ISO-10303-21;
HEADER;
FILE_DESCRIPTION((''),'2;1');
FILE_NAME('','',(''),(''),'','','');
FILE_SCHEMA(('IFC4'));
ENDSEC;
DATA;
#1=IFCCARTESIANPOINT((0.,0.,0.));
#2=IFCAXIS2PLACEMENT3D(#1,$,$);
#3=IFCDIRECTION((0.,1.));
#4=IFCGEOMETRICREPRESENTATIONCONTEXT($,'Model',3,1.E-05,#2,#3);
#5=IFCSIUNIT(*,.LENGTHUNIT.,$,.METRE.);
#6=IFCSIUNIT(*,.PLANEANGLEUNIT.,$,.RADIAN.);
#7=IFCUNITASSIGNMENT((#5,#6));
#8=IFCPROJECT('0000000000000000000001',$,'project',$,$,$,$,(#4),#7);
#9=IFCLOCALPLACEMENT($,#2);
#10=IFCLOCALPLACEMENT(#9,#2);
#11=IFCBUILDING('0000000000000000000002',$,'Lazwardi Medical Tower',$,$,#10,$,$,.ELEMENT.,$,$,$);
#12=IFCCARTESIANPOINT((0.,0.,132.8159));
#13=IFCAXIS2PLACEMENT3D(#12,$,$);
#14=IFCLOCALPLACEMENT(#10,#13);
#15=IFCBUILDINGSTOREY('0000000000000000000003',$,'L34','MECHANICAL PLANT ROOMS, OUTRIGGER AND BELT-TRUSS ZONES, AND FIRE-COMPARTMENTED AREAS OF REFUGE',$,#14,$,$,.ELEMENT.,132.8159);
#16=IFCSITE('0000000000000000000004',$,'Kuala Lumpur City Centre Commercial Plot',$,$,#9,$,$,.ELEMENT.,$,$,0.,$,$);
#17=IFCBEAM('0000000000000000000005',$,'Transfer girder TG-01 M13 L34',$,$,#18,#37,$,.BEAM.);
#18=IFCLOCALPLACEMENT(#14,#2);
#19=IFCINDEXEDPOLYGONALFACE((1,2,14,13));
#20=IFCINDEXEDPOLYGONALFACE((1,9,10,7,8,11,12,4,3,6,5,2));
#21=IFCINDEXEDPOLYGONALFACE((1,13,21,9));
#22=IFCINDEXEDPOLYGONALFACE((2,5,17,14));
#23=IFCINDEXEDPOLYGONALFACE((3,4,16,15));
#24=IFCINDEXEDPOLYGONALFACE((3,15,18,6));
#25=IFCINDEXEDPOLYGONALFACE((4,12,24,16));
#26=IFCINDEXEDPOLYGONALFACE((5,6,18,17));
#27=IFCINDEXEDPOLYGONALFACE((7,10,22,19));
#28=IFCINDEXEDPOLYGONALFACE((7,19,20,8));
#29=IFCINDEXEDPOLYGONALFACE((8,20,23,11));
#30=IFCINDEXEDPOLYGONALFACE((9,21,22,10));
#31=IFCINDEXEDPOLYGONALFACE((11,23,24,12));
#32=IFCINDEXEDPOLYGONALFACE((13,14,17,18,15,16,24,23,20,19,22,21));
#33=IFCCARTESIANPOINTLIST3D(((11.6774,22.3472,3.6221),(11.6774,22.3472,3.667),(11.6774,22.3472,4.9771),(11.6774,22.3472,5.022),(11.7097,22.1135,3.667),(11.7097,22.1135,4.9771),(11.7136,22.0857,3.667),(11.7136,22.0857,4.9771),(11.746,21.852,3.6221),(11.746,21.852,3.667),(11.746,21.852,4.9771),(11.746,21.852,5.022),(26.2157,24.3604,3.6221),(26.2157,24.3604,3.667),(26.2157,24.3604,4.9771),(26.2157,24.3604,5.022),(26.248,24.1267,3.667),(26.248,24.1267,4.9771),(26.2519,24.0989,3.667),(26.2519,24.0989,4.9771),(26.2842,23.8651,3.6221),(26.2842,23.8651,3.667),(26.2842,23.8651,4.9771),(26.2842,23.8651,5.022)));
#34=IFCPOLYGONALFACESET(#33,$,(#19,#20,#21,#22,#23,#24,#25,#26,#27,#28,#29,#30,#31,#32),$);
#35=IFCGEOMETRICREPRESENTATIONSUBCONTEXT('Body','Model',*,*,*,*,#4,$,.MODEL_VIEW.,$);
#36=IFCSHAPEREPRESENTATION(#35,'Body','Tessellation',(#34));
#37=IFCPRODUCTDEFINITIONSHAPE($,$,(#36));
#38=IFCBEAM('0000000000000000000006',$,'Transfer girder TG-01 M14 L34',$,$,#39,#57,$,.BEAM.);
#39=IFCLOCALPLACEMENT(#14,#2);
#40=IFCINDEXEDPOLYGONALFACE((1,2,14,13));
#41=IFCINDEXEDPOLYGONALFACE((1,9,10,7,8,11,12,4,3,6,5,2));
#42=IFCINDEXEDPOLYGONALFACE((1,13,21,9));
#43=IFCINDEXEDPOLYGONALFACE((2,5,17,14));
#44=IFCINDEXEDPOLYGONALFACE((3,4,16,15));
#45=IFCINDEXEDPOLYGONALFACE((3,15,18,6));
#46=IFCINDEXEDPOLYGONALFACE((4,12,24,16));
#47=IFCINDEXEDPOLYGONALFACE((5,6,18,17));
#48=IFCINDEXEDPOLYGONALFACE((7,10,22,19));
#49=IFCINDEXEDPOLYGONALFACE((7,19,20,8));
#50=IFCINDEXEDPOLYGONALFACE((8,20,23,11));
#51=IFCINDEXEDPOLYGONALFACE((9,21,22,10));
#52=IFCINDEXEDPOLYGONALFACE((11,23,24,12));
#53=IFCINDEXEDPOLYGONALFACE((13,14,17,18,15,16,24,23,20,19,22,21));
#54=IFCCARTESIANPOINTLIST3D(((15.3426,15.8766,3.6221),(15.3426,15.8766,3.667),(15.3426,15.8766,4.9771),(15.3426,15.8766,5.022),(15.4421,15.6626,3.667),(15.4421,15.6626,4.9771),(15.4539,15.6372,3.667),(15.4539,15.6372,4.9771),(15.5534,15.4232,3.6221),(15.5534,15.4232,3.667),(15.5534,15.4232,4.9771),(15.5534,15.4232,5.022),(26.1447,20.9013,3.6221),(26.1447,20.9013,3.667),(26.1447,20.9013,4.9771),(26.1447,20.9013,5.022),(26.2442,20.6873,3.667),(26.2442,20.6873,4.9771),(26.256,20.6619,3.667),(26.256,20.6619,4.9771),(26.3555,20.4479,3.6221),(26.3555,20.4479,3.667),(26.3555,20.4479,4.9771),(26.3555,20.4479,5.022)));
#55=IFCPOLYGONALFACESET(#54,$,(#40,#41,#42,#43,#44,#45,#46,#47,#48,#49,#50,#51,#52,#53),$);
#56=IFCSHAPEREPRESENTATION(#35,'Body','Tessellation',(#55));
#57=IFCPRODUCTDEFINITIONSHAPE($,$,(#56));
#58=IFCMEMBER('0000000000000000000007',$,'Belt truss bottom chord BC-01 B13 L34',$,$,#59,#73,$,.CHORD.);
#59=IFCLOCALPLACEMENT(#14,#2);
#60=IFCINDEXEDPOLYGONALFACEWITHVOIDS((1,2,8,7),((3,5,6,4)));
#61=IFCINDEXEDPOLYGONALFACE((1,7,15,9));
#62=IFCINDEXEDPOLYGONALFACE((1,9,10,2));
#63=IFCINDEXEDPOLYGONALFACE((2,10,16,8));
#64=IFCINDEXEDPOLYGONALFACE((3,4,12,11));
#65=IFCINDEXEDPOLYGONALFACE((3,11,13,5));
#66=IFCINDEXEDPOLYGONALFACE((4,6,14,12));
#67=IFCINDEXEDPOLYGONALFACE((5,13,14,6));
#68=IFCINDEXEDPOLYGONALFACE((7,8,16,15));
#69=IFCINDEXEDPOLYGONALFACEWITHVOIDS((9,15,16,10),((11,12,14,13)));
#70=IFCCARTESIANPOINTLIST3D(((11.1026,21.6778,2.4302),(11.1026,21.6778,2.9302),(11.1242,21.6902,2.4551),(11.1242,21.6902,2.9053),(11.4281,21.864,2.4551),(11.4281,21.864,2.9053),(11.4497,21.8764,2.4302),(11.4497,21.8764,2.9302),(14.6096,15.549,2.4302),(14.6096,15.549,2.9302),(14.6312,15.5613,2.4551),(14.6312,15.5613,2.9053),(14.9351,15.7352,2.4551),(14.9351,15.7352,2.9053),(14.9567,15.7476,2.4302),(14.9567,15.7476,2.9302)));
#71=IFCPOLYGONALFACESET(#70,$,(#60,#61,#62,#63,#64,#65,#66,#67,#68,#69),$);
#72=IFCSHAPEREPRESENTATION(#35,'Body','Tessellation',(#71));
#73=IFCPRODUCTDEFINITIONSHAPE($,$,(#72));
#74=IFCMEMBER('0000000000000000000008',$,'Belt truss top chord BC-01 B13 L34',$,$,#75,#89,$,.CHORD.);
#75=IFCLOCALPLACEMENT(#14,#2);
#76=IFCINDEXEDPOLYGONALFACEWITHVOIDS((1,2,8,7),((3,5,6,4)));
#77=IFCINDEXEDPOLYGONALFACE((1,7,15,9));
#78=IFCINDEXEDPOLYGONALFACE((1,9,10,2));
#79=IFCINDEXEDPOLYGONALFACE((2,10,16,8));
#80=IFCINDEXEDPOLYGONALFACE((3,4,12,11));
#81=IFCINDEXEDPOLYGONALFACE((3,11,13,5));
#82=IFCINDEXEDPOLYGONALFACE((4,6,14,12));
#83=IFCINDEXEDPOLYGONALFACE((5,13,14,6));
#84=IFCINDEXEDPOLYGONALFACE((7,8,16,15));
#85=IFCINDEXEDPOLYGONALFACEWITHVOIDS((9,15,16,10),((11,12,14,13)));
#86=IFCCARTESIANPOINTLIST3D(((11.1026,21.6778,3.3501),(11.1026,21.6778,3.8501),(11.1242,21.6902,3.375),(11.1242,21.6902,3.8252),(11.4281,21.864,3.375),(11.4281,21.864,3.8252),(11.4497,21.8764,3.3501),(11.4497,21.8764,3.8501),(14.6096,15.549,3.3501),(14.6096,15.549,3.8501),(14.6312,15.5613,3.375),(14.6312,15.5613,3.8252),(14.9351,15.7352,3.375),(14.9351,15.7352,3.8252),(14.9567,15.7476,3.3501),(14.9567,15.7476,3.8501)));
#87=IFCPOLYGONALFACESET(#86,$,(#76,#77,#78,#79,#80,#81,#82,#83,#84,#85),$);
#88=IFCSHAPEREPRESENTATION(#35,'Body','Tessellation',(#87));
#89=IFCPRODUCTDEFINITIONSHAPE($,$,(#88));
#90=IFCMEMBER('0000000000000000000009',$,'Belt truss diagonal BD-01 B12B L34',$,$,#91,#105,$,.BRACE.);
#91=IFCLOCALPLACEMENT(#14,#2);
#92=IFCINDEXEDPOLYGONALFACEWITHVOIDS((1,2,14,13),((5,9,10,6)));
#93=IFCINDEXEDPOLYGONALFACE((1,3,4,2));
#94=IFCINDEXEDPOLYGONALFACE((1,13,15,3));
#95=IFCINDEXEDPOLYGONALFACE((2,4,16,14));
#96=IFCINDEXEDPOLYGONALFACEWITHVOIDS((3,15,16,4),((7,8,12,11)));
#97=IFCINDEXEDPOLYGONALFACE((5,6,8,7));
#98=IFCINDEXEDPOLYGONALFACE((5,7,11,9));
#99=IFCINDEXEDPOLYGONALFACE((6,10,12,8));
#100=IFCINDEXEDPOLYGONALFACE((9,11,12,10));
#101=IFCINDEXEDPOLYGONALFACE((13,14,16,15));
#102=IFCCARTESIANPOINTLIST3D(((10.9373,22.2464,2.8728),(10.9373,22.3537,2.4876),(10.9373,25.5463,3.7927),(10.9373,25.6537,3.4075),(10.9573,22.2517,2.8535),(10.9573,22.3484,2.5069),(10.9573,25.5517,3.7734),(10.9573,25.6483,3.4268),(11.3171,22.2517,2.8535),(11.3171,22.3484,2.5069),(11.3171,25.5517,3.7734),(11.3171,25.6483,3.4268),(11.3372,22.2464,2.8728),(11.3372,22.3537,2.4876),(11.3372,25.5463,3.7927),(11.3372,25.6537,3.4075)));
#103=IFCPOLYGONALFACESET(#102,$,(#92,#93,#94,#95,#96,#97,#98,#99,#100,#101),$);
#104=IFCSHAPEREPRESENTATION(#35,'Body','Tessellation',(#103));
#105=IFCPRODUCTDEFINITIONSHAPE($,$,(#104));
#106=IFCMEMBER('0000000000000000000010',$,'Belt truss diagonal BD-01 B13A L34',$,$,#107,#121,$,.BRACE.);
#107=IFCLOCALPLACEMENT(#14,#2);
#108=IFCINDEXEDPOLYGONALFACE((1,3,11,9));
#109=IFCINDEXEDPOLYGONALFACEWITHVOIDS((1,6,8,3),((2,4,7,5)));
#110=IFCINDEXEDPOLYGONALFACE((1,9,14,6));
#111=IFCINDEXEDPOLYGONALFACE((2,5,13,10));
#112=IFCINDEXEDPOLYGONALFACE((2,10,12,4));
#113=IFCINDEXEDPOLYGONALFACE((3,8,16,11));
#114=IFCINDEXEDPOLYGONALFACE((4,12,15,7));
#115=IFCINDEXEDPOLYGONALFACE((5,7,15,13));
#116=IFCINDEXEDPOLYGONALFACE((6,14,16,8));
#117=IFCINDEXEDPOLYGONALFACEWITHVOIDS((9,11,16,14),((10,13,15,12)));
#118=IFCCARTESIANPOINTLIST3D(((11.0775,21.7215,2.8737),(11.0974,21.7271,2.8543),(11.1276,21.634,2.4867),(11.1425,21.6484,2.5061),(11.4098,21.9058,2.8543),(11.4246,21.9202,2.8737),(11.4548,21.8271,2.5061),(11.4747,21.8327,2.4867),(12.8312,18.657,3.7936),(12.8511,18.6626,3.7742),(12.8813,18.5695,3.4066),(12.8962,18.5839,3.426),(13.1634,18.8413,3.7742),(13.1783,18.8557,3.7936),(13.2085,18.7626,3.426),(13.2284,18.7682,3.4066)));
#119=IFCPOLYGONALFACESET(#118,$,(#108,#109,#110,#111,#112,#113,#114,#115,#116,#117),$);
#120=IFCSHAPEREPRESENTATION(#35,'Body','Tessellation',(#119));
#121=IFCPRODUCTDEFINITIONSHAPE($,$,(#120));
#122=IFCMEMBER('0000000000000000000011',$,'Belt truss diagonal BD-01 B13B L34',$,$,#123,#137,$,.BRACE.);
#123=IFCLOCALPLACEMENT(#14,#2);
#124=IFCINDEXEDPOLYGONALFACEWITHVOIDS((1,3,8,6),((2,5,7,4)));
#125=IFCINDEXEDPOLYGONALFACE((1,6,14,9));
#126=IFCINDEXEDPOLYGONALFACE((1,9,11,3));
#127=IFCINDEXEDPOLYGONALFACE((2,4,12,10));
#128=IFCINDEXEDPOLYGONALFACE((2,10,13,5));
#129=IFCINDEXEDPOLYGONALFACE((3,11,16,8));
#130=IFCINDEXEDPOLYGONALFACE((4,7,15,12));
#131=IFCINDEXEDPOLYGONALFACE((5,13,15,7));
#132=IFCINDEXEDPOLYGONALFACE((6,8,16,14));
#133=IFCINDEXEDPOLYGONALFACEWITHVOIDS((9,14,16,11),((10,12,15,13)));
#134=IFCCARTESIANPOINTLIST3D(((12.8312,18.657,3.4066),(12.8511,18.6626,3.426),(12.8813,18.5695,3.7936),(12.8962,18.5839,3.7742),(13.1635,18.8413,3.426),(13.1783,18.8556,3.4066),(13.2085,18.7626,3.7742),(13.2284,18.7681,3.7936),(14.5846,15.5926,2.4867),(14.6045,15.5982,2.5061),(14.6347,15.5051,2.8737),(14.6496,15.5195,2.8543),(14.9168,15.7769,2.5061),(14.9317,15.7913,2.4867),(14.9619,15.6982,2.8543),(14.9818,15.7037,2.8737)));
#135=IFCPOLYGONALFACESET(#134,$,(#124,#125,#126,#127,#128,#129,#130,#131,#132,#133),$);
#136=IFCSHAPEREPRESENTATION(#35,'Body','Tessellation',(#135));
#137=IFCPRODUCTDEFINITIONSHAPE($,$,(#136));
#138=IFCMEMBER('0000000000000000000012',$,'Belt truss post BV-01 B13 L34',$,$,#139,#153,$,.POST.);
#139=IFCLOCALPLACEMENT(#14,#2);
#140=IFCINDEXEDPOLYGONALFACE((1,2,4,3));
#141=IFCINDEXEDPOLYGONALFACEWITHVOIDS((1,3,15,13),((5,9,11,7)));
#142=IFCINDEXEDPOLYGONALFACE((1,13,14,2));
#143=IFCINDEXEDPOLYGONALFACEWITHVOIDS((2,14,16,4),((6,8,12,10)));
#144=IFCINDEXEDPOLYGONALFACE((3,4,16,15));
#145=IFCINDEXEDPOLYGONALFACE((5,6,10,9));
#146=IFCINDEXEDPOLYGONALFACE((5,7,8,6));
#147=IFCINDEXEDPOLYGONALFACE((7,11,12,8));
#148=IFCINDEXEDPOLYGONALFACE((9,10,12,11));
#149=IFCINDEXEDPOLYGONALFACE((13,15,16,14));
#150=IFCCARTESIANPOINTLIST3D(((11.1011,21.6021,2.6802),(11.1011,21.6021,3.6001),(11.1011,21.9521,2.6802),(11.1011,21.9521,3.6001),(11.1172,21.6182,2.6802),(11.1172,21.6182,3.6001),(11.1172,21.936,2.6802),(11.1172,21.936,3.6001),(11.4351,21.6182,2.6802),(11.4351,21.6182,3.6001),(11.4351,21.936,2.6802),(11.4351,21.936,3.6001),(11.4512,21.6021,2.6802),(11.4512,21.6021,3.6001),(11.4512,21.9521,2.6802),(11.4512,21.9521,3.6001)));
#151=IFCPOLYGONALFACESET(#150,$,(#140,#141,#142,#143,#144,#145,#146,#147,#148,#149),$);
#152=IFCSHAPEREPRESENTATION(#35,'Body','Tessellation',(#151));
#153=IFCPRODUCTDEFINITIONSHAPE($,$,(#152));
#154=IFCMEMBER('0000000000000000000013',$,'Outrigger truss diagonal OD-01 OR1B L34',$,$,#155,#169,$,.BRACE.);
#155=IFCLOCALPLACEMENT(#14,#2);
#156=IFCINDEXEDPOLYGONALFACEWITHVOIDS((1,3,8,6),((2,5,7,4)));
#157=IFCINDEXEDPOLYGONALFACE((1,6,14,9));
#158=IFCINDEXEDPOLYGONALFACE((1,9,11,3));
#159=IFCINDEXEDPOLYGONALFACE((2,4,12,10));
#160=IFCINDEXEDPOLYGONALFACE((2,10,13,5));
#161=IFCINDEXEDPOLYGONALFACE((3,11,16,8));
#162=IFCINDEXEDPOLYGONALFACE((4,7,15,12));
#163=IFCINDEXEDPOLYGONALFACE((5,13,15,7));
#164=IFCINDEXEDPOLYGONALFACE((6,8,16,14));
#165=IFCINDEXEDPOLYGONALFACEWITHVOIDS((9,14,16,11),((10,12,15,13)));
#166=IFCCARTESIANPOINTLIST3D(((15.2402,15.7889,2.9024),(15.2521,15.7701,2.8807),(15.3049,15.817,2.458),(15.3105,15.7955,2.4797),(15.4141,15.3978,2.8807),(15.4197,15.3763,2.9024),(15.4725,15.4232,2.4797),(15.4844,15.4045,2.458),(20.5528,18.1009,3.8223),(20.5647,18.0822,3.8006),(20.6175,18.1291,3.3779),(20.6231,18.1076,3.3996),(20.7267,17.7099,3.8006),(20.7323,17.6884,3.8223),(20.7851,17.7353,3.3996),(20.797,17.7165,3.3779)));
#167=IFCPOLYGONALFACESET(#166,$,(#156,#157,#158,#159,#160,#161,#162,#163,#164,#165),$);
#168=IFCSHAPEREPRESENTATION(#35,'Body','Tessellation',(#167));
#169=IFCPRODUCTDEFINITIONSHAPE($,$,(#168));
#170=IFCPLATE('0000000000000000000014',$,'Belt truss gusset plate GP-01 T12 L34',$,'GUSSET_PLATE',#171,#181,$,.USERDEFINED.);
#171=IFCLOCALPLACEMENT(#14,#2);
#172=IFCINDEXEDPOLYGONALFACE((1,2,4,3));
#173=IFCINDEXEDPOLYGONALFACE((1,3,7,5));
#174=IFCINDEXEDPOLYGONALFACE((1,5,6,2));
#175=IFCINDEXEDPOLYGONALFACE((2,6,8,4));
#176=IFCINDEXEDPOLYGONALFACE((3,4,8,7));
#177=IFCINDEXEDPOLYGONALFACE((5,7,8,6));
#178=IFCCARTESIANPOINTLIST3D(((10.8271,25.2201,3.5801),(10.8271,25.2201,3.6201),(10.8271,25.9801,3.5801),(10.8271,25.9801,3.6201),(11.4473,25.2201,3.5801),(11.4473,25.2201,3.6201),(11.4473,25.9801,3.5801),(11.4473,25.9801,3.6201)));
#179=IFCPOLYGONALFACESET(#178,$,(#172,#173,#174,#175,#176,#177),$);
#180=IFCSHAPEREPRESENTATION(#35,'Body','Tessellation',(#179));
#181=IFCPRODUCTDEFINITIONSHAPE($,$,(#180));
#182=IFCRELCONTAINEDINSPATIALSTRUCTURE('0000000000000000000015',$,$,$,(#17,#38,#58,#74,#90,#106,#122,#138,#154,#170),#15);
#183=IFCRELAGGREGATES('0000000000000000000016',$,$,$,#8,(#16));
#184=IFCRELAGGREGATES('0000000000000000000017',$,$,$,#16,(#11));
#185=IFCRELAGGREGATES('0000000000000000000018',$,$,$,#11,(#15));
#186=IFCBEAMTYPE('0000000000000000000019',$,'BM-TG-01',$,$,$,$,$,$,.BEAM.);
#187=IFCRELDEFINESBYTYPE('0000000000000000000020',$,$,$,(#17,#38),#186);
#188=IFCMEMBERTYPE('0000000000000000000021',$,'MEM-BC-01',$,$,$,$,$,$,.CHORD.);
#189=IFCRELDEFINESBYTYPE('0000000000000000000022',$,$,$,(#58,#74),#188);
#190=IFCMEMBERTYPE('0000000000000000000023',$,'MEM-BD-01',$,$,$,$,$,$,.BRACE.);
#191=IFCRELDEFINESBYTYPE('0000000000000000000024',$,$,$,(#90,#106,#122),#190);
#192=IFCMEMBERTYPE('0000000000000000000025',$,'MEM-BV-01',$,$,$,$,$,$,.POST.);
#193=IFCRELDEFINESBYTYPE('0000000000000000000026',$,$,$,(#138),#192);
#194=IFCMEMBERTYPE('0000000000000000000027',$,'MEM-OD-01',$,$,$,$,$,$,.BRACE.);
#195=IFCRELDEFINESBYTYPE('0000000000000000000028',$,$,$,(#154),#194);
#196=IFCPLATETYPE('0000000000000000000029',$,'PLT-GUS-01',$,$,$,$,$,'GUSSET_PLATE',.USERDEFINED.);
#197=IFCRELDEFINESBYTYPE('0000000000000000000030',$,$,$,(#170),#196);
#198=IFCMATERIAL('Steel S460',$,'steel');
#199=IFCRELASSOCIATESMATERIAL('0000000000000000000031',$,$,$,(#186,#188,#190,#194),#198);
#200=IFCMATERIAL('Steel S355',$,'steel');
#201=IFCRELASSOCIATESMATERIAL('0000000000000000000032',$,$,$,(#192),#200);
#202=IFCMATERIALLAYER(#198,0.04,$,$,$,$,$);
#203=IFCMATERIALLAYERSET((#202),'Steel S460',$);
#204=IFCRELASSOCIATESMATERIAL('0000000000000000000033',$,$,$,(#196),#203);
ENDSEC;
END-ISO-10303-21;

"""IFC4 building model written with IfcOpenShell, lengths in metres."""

from ifc_helpers import new_model, si_unit, direction, frame, origin, origin_2d, place, context, subcontext, project, spatial, rectangle, hollow_rectangle, i_section, extrude, material, layer, layer_set, material_profile, profile_set, type_object, element, save


model = new_model("IFC4")

# Units and contexts
model_context = context("Model", 3, precision=1e-05, world=origin(), true_north=direction((0.0, 1.0)))
body_context = subcontext(model_context, "Body", "Model", "MODEL_VIEW")
ifc_project = project(units=[si_unit("LENGTHUNIT", "METRE"), si_unit("PLANEANGLEUNIT", "RADIAN")], contexts=[model_context])

# Site, building, storey
site_placement = place(None, origin())
site = spatial("IfcSite", under=ifc_project, at=site_placement, Name="Kuala Lumpur City Centre Commercial Plot", CompositionType="ELEMENT", RefElevation=0.0)
building_placement = place(site_placement, origin())
building = spatial("IfcBuilding", under=site, at=building_placement, Name="Lazwardi Medical Tower", CompositionType="ELEMENT")
storey_placement = place(building_placement, frame((0.0, 0.0, 132.8159)))
storey = spatial("IfcBuildingStorey", under=building, at=storey_placement, Name="L34", Description="MECHANICAL PLANT ROOMS, OUTRIGGER AND BELT-TRUSS ZONES, AND FIRE-COMPARTMENTED AREAS OF REFUGE", CompositionType="ELEMENT", Elevation=132.8159)

# Beams
ifc_material_1 = material(Name="Steel S460", Category="steel")
ifc_material_2 = material(Name="Steel S355", Category="steel")
ifc_material_profile_1 = material_profile(ifc_material_1, i_section(OverallWidth=0.5, OverallDepth=1.3999, WebThickness=0.0281, FlangeThickness=0.0449, at=origin_2d()), Name="PG 1400x500")
ifc_profile_set_1 = profile_set([ifc_material_profile_1], Name="Steel S460")
beam_type_1 = type_object("IfcBeamType", Name="BM-TG-01", PredefinedType="BEAM", material=ifc_profile_set_1)
beam_1_placement = place(storey_placement, frame((11.7117, 22.0996, 4.322), z_axis=(0.990548, 0.137165, 0.0), x_axis=(-0.137165, 0.990548, 0.0)))
element("IfcBeam", 1, at=beam_1_placement, inside=storey, type_object=beam_type_1, Name="Transfer girder TG-01 M13 L34", PredefinedType="BEAM", context=body_context, shape_type="SweptSolid", body=[
    extrude(i_section(OverallWidth=0.5, OverallDepth=1.3999, WebThickness=0.0281, FlangeThickness=0.0449, at=origin_2d()), origin(), (0.0, 0.0, 1.0), 14.677),
])
beam_2_placement = place(storey_placement, frame((15.448, 15.6499, 4.322), z_axis=(0.906706, 0.421763, 0.0), x_axis=(-0.421763, 0.906706, 0.0)))
element("IfcBeam", 2, at=beam_2_placement, inside=storey, type_object=beam_type_1, Name="Transfer girder TG-01 M14 L34", PredefinedType="BEAM", context=body_context, shape_type="SweptSolid", body=[
    extrude(i_section(OverallWidth=0.5, OverallDepth=1.3999, WebThickness=0.0281, FlangeThickness=0.0449, at=origin_2d()), origin(), (0.0, 0.0, 1.0), 11.9136),
])

# Members
ifc_material_profile_2 = material_profile(ifc_material_1, hollow_rectangle(XDim=0.3999, YDim=0.5, WallThickness=0.0249, at=origin_2d()), Name="RHS 500x400x25")
ifc_profile_set_2 = profile_set([ifc_material_profile_2], Name="Steel S460")
member_type_1 = type_object("IfcMemberType", Name="MEM-BC-01", PredefinedType="CHORD", material=ifc_profile_set_2)
for number, where, z_axis, x_axis, name in (
    (3, (11.2761, 21.7771, 2.6802), (0.496656, -0.867947, 0.0), (0.867947, 0.496656, 0.0), "Belt truss bottom chord BC-01 B13 L34"),
    (4, (11.2761, 21.7771, 3.6001), (0.496656, -0.867947, 0.0), (0.867947, 0.496656, 0.0), "Belt truss top chord BC-01 B13 L34"),
):
    element("IfcMember", number, at=place(storey_placement, frame(where, z_axis=z_axis, x_axis=x_axis)), inside=storey, type_object=member_type_1, Name=name, PredefinedType="CHORD", context=body_context, shape_type="SweptSolid", body=[
        extrude(hollow_rectangle(XDim=0.3999, YDim=0.5, WallThickness=0.0249, at=origin_2d()), origin(), (0.0, 0.0, 1.0), 7.0613),
    ])
ifc_material_profile_3 = material_profile(ifc_material_1, hollow_rectangle(XDim=0.3999, YDim=0.3999, WallThickness=0.02, at=origin_2d()), Name="RHS 400x400x20")
ifc_profile_set_3 = profile_set([ifc_material_profile_3], Name="Steel S460")
member_type_2 = type_object("IfcMemberType", Name="MEM-BD-01", PredefinedType="BRACE", material=ifc_profile_set_3)
member_1_placement = place(storey_placement, frame((11.1372, 22.3, 2.6802), z_axis=(0.0, 0.963273, 0.268522), x_axis=(-1.0, 0.0, 0.0)))
element("IfcMember", 5, at=member_1_placement, inside=storey, type_object=member_type_2, Name="Belt truss diagonal BD-01 B12B L34", PredefinedType="BRACE", context=body_context, shape_type="SweptSolid", body=[
    extrude(hollow_rectangle(XDim=0.3999, YDim=0.3999, WallThickness=0.02, at=origin_2d()), origin(), (0.0, 0.0, 1.0), 3.4258),
])
member_2_placement = place(storey_placement, frame((11.2761, 21.7771, 2.6802), z_axis=(0.480637, -0.839893, 0.252128), x_axis=(0.867932, 0.496682, 0.0)))
element("IfcMember", 6, at=member_2_placement, inside=storey, type_object=member_type_2, Name="Belt truss diagonal BD-01 B13A L34", PredefinedType="BRACE", context=body_context, shape_type="SweptSolid", body=[
    extrude(hollow_rectangle(XDim=0.3999, YDim=0.3999, WallThickness=0.02, at=origin_2d()), origin(), (0.0, 0.0, 1.0), 3.6487),
])
member_3_placement = place(storey_placement, frame((14.7832, 15.6482, 2.6802), z_axis=(-0.480585, 0.83992, 0.252137), x_axis=(-0.867962, -0.49663, 0.0)))
element("IfcMember", 7, at=member_3_placement, inside=storey, type_object=member_type_2, Name="Belt truss diagonal BD-01 B13B L34", PredefinedType="BRACE", context=body_context, shape_type="SweptSolid", body=[
    extrude(hollow_rectangle(XDim=0.3999, YDim=0.3999, WallThickness=0.02, at=origin_2d()), origin(), (0.0, 0.0, 1.0), 3.6484),
])
ifc_material_profile_4 = material_profile(ifc_material_2, hollow_rectangle(XDim=0.3501, YDim=0.3501, WallThickness=0.0161, at=origin_2d()), Name="RHS 350x350x16")
ifc_profile_set_4 = profile_set([ifc_material_profile_4], Name="Steel S355")
member_type_3 = type_object("IfcMemberType", Name="MEM-BV-01", PredefinedType="POST", material=ifc_profile_set_4)
member_4_placement = place(storey_placement, frame((11.2761, 21.7771, 2.6802), z_axis=(0.0, 0.0, 1.0), x_axis=(1.0, 0.0, 0.0)))
element("IfcMember", 8, at=member_4_placement, inside=storey, type_object=member_type_3, Name="Belt truss post BV-01 B13 L34", PredefinedType="POST", context=body_context, shape_type="SweptSolid", body=[
    extrude(hollow_rectangle(XDim=0.3501, YDim=0.3501, WallThickness=0.0161, at=origin_2d()), origin(), (0.0, 0.0, 1.0), 0.9199),
])
ifc_material_profile_5 = material_profile(ifc_material_1, hollow_rectangle(XDim=0.45, YDim=0.45, WallThickness=0.022, at=origin_2d()), Name="RHS 450x450x22")
ifc_profile_set_5 = profile_set([ifc_material_profile_5], Name="Steel S460")
member_type_4 = type_object("IfcMemberType", Name="MEM-OD-01", PredefinedType="BRACE", material=ifc_profile_set_5)
member_5_placement = place(storey_placement, frame((15.3623, 15.5967, 2.6802), z_axis=(0.905585, 0.394113, 0.156813), x_axis=(-0.39905, 0.916929, 0.0)))
element("IfcMember", 9, at=member_5_placement, inside=storey, type_object=member_type_4, Name="Outrigger truss diagonal OD-01 OR1B L34", PredefinedType="BRACE", context=body_context, shape_type="SweptSolid", body=[
    extrude(hollow_rectangle(XDim=0.45, YDim=0.45, WallThickness=0.022, at=origin_2d()), origin(), (0.0, 0.0, 1.0), 5.8665),
])

# Plate
ifc_layer_1 = layer(ifc_material_1, 0.04)
ifc_layer_set_1 = layer_set([ifc_layer_1], Name="Steel S460")
plate_type = type_object("IfcPlateType", Name="PLT-GUS-01", ElementType="GUSSET_PLATE", PredefinedType="USERDEFINED", material=ifc_layer_set_1)
for number, where, z_axis, x_axis, name in (
    (10, (11.1372, 25.6001, 3.5801), (0.0, 0.0, 1.0), (0.0, -1.0, 0.0), "Belt truss gusset plate GP-01 T12 L34"),
):
    element("IfcPlate", number, at=place(storey_placement, frame(where, z_axis=z_axis, x_axis=x_axis)), inside=storey, type_object=plate_type, Name=name, ObjectType="GUSSET_PLATE", PredefinedType="USERDEFINED", context=body_context, shape_type="SweptSolid", body=[
        extrude(rectangle(XDim=0.76, YDim=0.6201, at=origin_2d()), origin(), (0.0, 0.0, 1.0), 0.04),
    ])

save(model, "model.ifc")
